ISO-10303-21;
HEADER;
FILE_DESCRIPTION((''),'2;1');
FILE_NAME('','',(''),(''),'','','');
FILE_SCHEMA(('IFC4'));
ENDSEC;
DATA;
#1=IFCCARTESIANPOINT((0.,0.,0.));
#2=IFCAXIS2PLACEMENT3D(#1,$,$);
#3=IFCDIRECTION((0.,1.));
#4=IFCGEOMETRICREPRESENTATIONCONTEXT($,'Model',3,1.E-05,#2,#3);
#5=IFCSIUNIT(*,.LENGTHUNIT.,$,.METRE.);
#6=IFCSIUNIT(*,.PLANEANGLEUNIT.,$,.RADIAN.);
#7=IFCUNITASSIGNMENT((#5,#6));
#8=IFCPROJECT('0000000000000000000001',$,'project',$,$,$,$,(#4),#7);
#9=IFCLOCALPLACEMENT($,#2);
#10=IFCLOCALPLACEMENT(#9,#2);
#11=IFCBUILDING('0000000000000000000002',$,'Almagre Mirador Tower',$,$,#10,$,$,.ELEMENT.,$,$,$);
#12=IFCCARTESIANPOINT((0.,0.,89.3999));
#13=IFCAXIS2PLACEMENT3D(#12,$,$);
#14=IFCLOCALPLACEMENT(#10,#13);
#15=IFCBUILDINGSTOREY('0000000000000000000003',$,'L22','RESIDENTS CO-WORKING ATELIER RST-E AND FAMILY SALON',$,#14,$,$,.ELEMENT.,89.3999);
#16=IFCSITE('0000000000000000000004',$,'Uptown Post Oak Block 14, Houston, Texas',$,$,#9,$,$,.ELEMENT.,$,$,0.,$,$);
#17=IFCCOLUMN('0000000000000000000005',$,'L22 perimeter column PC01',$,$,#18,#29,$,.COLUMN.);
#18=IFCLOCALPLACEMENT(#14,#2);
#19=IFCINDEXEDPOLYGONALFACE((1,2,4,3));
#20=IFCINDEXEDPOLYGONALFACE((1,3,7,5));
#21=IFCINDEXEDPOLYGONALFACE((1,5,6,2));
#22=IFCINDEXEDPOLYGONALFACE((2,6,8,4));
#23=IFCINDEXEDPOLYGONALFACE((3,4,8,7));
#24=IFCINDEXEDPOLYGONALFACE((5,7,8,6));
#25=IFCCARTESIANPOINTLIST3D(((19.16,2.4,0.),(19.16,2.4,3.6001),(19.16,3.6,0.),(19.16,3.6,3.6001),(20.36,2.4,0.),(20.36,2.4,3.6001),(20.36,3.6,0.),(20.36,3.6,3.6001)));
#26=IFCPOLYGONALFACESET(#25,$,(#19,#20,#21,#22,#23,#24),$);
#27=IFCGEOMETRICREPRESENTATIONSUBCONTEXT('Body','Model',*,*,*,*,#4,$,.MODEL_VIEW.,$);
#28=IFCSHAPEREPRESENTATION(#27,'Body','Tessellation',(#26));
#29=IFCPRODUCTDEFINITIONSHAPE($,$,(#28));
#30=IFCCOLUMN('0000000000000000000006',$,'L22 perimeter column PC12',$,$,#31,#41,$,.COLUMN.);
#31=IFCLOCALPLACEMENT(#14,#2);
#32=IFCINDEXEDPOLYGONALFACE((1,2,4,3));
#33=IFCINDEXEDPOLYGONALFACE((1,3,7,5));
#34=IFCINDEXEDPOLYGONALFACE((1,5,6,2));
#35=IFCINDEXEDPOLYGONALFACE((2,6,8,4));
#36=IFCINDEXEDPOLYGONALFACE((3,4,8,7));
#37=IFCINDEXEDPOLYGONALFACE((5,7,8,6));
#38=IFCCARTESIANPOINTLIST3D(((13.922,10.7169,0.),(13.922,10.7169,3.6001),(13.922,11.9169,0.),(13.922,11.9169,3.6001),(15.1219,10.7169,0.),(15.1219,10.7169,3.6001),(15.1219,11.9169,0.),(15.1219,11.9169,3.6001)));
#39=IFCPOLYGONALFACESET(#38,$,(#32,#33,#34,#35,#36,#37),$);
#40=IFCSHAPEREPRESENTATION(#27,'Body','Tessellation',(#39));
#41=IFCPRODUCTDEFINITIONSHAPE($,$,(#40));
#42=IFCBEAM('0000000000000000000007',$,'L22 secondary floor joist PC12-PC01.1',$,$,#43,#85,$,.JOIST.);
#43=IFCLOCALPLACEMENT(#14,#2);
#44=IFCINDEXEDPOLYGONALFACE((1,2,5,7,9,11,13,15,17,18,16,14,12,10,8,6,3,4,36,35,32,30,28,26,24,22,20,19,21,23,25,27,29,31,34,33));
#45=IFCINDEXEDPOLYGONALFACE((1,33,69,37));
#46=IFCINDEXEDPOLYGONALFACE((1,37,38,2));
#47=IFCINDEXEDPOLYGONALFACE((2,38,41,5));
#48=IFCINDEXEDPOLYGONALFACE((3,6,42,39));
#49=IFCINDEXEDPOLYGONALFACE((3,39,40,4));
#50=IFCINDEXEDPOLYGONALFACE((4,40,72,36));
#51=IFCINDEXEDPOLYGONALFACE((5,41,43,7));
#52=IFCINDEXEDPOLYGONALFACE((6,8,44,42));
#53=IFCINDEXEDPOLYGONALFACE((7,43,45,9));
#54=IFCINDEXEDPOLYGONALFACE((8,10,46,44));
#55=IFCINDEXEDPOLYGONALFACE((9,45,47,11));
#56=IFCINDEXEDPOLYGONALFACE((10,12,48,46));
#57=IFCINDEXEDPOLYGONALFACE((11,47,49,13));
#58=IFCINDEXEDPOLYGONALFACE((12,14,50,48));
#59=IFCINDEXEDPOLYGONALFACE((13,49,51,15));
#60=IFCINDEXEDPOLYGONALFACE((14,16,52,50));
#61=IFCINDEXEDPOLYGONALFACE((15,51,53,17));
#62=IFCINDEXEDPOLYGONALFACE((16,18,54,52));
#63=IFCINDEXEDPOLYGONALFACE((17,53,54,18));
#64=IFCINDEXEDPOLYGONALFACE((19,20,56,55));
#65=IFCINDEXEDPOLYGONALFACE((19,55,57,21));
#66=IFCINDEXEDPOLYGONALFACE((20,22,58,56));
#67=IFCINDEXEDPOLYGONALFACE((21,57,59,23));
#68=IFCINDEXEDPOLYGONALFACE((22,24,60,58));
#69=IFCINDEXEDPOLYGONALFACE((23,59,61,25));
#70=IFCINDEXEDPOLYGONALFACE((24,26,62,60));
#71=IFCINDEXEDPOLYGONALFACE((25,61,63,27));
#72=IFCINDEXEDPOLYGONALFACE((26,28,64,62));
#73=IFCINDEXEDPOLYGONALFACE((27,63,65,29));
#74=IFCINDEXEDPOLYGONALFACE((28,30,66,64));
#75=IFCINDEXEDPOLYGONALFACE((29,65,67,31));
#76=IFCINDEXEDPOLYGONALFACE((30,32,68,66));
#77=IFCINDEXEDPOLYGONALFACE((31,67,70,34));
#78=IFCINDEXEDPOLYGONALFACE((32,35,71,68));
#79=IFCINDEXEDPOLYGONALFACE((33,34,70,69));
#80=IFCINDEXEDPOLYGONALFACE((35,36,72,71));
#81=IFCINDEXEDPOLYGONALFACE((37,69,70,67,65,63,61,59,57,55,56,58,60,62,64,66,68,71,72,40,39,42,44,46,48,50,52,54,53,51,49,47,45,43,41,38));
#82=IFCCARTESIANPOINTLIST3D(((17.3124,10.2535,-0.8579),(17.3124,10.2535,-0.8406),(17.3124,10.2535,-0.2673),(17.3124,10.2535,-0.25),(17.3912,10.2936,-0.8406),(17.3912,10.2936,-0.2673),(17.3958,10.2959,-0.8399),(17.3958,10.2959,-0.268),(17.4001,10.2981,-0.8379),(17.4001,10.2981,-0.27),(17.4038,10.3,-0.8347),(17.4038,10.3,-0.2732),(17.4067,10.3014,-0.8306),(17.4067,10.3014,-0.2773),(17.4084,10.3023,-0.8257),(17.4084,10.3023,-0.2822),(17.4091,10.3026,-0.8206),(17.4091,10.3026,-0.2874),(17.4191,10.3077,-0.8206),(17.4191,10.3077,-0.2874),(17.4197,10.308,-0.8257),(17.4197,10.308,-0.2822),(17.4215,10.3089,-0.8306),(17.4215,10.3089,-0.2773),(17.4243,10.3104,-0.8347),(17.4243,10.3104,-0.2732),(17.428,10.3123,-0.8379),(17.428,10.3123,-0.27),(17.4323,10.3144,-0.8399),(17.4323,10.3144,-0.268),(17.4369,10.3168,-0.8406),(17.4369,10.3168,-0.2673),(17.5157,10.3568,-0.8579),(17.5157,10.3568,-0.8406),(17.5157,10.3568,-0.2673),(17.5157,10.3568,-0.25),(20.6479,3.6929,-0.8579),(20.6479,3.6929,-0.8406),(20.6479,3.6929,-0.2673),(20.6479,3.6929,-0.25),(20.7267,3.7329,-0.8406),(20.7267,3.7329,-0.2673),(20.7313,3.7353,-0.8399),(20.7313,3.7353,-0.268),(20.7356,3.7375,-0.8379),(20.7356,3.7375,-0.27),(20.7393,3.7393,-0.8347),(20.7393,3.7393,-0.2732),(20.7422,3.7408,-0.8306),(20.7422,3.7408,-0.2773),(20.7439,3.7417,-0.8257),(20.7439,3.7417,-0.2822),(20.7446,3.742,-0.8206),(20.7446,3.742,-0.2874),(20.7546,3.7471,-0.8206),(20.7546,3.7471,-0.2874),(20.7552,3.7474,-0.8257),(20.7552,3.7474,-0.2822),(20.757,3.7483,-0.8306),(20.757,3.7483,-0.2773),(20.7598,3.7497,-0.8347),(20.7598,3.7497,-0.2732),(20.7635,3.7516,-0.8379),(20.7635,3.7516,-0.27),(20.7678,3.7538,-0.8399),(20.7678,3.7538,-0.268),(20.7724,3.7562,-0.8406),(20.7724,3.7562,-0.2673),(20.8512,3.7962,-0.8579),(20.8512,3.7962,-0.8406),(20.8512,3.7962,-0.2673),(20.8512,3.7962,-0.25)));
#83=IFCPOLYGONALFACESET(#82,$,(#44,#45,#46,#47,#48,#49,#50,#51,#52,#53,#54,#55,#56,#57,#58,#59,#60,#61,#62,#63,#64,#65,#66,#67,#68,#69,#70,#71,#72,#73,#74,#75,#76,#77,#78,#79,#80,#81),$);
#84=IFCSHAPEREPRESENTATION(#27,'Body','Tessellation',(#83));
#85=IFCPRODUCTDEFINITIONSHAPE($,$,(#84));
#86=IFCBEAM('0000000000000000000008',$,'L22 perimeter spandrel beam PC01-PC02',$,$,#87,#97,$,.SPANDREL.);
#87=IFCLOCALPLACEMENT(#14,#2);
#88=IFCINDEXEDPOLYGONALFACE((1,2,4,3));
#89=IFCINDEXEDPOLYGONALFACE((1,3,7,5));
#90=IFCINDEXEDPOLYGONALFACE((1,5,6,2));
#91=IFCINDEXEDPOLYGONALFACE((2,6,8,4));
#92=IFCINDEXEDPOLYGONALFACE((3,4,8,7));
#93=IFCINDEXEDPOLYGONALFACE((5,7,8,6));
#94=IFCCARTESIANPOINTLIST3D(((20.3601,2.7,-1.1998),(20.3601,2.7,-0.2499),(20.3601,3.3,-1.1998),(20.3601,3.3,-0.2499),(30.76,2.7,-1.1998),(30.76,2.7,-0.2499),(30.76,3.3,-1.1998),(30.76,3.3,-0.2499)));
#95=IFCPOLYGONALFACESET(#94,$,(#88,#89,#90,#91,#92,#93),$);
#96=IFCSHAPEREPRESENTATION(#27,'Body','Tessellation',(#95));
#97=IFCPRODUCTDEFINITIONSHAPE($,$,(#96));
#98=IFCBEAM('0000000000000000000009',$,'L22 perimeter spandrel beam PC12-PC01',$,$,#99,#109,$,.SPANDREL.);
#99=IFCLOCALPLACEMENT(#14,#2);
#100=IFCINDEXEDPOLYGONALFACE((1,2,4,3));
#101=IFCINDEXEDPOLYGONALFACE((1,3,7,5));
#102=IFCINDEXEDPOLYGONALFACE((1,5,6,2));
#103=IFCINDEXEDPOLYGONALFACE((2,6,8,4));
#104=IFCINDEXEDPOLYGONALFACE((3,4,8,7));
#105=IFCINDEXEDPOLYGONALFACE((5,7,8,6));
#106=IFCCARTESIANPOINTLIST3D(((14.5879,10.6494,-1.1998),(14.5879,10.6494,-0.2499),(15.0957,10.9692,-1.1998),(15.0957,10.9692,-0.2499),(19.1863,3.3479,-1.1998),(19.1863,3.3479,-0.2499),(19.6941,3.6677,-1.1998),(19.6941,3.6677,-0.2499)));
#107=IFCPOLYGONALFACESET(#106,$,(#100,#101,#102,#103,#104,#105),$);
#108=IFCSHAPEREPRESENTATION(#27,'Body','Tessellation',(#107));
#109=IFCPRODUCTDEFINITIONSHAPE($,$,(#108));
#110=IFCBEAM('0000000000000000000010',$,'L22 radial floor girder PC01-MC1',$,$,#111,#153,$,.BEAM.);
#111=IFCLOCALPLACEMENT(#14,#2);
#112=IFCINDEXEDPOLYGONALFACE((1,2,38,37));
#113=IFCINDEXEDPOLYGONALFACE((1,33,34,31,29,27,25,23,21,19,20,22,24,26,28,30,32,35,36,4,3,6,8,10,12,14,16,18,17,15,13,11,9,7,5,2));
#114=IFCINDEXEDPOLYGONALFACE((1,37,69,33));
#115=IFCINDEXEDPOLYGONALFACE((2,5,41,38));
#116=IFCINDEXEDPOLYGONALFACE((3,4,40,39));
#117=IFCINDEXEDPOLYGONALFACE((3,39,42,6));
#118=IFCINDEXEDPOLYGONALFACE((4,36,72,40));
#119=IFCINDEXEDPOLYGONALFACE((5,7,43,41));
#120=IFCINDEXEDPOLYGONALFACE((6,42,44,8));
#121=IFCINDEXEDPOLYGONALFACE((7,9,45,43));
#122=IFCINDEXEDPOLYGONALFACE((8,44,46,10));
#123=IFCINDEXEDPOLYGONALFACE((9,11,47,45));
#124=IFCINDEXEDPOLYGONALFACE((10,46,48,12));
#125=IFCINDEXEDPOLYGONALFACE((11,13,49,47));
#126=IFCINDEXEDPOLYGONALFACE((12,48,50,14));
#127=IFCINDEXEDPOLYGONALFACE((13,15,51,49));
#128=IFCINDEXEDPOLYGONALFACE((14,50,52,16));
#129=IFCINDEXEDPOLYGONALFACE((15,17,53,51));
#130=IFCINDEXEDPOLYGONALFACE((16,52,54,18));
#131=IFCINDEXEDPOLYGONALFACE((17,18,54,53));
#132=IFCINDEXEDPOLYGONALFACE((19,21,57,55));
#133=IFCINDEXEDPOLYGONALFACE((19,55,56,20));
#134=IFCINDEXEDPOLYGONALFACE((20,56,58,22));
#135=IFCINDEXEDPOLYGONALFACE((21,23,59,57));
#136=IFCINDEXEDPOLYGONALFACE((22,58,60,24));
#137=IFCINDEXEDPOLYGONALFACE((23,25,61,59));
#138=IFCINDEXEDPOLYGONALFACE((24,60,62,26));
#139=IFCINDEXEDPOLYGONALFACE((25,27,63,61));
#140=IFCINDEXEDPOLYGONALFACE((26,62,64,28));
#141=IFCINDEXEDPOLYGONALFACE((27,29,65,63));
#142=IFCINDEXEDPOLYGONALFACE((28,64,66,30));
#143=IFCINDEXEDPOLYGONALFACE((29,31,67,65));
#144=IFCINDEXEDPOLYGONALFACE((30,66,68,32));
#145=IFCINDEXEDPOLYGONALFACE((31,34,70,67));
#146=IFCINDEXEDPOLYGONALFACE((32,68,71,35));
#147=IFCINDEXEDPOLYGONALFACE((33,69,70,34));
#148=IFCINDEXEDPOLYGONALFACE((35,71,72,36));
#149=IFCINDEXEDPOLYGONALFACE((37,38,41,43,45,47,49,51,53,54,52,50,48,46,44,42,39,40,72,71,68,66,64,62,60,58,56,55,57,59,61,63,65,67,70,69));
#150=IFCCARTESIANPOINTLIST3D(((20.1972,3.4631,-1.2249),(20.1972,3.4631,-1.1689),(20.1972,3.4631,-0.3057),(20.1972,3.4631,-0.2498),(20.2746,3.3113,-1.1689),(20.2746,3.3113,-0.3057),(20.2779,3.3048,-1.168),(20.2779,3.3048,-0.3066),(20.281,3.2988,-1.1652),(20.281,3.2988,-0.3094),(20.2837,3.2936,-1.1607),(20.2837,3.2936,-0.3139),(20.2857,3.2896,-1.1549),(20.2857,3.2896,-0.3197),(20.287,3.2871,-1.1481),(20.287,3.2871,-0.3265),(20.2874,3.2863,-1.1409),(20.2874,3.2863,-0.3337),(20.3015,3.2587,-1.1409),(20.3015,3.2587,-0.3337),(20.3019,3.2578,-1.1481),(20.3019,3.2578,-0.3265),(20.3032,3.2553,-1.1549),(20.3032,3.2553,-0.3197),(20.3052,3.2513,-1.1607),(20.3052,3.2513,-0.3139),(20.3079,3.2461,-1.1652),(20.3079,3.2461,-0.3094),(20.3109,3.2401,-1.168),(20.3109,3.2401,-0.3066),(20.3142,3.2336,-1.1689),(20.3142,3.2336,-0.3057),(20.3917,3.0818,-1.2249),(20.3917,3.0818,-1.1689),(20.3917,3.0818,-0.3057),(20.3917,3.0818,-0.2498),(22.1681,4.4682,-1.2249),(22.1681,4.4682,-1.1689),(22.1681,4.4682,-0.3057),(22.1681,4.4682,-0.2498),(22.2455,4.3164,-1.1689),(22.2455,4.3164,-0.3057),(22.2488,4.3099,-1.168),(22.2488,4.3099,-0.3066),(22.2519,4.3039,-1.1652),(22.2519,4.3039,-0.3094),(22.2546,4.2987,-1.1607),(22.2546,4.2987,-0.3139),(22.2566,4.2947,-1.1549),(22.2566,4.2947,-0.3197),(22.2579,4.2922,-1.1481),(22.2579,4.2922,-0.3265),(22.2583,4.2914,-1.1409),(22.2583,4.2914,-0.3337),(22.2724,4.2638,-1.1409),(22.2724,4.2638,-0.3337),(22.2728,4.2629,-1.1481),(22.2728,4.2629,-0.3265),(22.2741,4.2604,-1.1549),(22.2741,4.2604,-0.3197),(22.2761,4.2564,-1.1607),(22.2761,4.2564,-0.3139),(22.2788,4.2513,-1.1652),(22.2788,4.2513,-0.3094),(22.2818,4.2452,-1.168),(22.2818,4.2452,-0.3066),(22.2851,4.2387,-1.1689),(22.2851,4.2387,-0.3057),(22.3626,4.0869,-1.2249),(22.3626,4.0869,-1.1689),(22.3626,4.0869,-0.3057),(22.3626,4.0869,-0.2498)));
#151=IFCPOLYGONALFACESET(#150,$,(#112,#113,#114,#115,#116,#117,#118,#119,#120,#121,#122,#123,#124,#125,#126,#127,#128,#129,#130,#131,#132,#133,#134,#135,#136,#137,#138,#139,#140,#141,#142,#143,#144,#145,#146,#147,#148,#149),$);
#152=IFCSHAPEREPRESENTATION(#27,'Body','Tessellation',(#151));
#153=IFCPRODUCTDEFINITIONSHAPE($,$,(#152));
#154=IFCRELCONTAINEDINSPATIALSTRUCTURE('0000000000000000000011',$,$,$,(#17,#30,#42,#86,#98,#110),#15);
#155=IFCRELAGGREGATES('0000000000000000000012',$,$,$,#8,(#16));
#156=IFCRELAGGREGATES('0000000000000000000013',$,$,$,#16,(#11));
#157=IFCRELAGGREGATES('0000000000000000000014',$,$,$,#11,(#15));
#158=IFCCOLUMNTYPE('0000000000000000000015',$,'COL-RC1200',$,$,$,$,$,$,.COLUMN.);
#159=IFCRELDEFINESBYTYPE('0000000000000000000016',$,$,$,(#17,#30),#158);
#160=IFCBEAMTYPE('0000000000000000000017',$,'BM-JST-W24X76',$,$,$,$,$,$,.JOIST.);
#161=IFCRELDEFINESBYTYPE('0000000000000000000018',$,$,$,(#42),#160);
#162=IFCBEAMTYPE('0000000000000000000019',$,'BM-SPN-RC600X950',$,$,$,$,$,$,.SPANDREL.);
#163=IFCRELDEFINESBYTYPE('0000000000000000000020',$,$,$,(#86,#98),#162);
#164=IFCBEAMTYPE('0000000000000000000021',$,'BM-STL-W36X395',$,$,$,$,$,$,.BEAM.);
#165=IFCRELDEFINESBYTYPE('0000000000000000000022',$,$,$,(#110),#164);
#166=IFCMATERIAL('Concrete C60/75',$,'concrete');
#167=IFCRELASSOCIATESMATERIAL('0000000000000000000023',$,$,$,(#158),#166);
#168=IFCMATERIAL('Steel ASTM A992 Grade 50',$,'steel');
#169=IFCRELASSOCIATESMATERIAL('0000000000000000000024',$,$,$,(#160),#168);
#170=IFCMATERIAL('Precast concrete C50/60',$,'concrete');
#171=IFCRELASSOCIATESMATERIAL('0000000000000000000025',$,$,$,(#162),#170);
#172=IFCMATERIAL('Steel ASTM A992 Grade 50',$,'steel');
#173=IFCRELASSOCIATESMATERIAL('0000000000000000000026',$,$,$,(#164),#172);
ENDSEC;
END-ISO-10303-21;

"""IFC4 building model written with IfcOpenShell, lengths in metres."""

from ifc_helpers import new_model, si_unit, direction, frame, origin, origin_2d, place, context, subcontext, project, spatial, rectangle, i_section, extrude, material, material_profile, profile_set, type_object, element, save


model = new_model("IFC4")

# Units and contexts
model_context = context("Model", 3, precision=1e-05, world=origin(), true_north=direction((0.0, 1.0)))
body_context = subcontext(model_context, "Body", "Model", "MODEL_VIEW")
ifc_project = project(units=[si_unit("LENGTHUNIT", "METRE"), si_unit("PLANEANGLEUNIT", "RADIAN")], contexts=[model_context])

# Site, building, storey
site_placement = place(None, origin())
site = spatial("IfcSite", under=ifc_project, at=site_placement, Name="Uptown Post Oak Block 14, Houston, Texas", CompositionType="ELEMENT", RefElevation=0.0)
building_placement = place(site_placement, origin())
building = spatial("IfcBuilding", under=site, at=building_placement, Name="Almagre Mirador Tower", CompositionType="ELEMENT")
storey_placement = place(building_placement, frame((0.0, 0.0, 89.3999)))
storey = spatial("IfcBuildingStorey", under=building, at=storey_placement, Name="L22", Description="RESIDENTS CO-WORKING ATELIER RST-E AND FAMILY SALON", CompositionType="ELEMENT", Elevation=89.3999)

# Columns
ifc_material_1 = material(Name="Concrete C60/75", Category="concrete")
ifc_material_profile_1 = material_profile(ifc_material_1, rectangle(XDim=1.2, YDim=1.2, at=origin_2d()), Name="RC1200X1200")
ifc_profile_set_1 = profile_set([ifc_material_profile_1], Name="Concrete C60/75")
column_type = type_object("IfcColumnType", Name="COL-RC1200", PredefinedType="COLUMN", material=ifc_profile_set_1)
for number, where, z_axis, x_axis, name in (
    (1, (19.76, 3.0, 0.0), (0.0, 0.0, 1.0), (1.0, 0.0, 0.0), "L22 perimeter column PC01"),
    (2, (14.522, 11.3169, 0.0), (0.0, 0.0, 1.0), (1.0, 0.0, 0.0), "L22 perimeter column PC12"),
):
    element("IfcColumn", number, at=place(storey_placement, frame(where, z_axis=z_axis, x_axis=x_axis)), inside=storey, type_object=column_type, Name=name, PredefinedType="COLUMN", context=body_context, shape_type="SweptSolid", body=[
        extrude(rectangle(XDim=1.2, YDim=1.2, at=origin_2d()), origin(), (0.0, 0.0, 1.0), 3.6001),
    ])

# Beams
ifc_material_2 = material(Name="Steel ASTM A992 Grade 50", Category="steel")
ifc_material_profile_2 = material_profile(ifc_material_2, i_section(OverallWidth=0.228, OverallDepth=0.6079, WebThickness=0.0112, FlangeThickness=0.0173, FilletRadius=0.02, at=origin_2d()), Name="W24X76")
ifc_profile_set_2 = profile_set([ifc_material_profile_2], Name="Steel ASTM A992 Grade 50")
beam_type_1 = type_object("IfcBeamType", Name="BM-JST-W24X76", PredefinedType="JOIST", material=ifc_profile_set_2)
beam_1_placement = place(storey_placement, frame((17.4141, 10.3052, -0.554), z_axis=(0.453201, -0.891408, 0.0), x_axis=(0.891408, 0.453201, 0.0)))
element("IfcBeam", 3, at=beam_1_placement, inside=storey, type_object=beam_type_1, Name="L22 secondary floor joist PC12-PC01.1", PredefinedType="JOIST", context=body_context, shape_type="SweptSolid", body=[
    extrude(i_section(OverallWidth=0.228, OverallDepth=0.6079, WebThickness=0.0112, FlangeThickness=0.0173, FilletRadius=0.02, at=origin_2d()), origin(), (0.0, 0.0, 1.0), 7.3599),
])
ifc_material_3 = material(Name="Precast concrete C50/60", Category="concrete")
ifc_material_profile_3 = material_profile(ifc_material_3, rectangle(XDim=0.6001, YDim=0.95, at=origin_2d()), Name="RC600X950")
ifc_profile_set_3 = profile_set([ifc_material_profile_3], Name="Precast concrete C50/60")
beam_type_2 = type_object("IfcBeamType", Name="BM-SPN-RC600X950", PredefinedType="SPANDREL", material=ifc_profile_set_3)
beam_2_placement = place(storey_placement, frame((20.3601, 3.0, -0.7249), z_axis=(1.0, 0.0, 0.0), x_axis=(0.0, 1.0, 0.0)))
element("IfcBeam", 4, at=beam_2_placement, inside=storey, type_object=beam_type_2, Name="L22 perimeter spandrel beam PC01-PC02", PredefinedType="SPANDREL", context=body_context, shape_type="SweptSolid", body=[
    extrude(rectangle(XDim=0.6001, YDim=0.95, at=origin_2d()), origin(), (0.0, 0.0, 1.0), 10.3999),
])
beam_3_placement = place(storey_placement, frame((14.8418, 10.8093, -0.7249), z_axis=(0.532908, -0.846173, 0.0), x_axis=(0.846173, 0.532908, 0.0)))
element("IfcBeam", 5, at=beam_3_placement, inside=storey, type_object=beam_type_2, Name="L22 perimeter spandrel beam PC12-PC01", PredefinedType="SPANDREL", context=body_context, shape_type="SweptSolid", body=[
    extrude(rectangle(XDim=0.6001, YDim=0.95, at=origin_2d()), origin(), (0.0, 0.0, 1.0), 8.6289),
])
ifc_material_4 = material(Name="Steel ASTM A992 Grade 50", Category="steel")
ifc_material_profile_4 = material_profile(ifc_material_4, i_section(OverallWidth=0.428, OverallDepth=0.9751, WebThickness=0.031, FlangeThickness=0.0559, FilletRadius=0.0281, at=origin_2d()), Name="W36X395")
ifc_profile_set_4 = profile_set([ifc_material_profile_4], Name="Steel ASTM A992 Grade 50")
beam_type_3 = type_object("IfcBeamType", Name="BM-STL-W36X395", PredefinedType="BEAM", material=ifc_profile_set_4)
beam_4_placement = place(storey_placement, frame((20.2944, 3.2725, -0.7373), z_axis=(0.890846, 0.454306, 0.0), x_axis=(-0.454306, 0.890846, 0.0)))
element("IfcBeam", 6, at=beam_4_placement, inside=storey, type_object=beam_type_3, Name="L22 radial floor girder PC01-MC1", PredefinedType="BEAM", context=body_context, shape_type="SweptSolid", body=[
    extrude(i_section(OverallWidth=0.428, OverallDepth=0.9751, WebThickness=0.031, FlangeThickness=0.0559, FilletRadius=0.0281, at=origin_2d()), origin(), (0.0, 0.0, 1.0), 2.2124),
])

save(model, "model.ifc")
